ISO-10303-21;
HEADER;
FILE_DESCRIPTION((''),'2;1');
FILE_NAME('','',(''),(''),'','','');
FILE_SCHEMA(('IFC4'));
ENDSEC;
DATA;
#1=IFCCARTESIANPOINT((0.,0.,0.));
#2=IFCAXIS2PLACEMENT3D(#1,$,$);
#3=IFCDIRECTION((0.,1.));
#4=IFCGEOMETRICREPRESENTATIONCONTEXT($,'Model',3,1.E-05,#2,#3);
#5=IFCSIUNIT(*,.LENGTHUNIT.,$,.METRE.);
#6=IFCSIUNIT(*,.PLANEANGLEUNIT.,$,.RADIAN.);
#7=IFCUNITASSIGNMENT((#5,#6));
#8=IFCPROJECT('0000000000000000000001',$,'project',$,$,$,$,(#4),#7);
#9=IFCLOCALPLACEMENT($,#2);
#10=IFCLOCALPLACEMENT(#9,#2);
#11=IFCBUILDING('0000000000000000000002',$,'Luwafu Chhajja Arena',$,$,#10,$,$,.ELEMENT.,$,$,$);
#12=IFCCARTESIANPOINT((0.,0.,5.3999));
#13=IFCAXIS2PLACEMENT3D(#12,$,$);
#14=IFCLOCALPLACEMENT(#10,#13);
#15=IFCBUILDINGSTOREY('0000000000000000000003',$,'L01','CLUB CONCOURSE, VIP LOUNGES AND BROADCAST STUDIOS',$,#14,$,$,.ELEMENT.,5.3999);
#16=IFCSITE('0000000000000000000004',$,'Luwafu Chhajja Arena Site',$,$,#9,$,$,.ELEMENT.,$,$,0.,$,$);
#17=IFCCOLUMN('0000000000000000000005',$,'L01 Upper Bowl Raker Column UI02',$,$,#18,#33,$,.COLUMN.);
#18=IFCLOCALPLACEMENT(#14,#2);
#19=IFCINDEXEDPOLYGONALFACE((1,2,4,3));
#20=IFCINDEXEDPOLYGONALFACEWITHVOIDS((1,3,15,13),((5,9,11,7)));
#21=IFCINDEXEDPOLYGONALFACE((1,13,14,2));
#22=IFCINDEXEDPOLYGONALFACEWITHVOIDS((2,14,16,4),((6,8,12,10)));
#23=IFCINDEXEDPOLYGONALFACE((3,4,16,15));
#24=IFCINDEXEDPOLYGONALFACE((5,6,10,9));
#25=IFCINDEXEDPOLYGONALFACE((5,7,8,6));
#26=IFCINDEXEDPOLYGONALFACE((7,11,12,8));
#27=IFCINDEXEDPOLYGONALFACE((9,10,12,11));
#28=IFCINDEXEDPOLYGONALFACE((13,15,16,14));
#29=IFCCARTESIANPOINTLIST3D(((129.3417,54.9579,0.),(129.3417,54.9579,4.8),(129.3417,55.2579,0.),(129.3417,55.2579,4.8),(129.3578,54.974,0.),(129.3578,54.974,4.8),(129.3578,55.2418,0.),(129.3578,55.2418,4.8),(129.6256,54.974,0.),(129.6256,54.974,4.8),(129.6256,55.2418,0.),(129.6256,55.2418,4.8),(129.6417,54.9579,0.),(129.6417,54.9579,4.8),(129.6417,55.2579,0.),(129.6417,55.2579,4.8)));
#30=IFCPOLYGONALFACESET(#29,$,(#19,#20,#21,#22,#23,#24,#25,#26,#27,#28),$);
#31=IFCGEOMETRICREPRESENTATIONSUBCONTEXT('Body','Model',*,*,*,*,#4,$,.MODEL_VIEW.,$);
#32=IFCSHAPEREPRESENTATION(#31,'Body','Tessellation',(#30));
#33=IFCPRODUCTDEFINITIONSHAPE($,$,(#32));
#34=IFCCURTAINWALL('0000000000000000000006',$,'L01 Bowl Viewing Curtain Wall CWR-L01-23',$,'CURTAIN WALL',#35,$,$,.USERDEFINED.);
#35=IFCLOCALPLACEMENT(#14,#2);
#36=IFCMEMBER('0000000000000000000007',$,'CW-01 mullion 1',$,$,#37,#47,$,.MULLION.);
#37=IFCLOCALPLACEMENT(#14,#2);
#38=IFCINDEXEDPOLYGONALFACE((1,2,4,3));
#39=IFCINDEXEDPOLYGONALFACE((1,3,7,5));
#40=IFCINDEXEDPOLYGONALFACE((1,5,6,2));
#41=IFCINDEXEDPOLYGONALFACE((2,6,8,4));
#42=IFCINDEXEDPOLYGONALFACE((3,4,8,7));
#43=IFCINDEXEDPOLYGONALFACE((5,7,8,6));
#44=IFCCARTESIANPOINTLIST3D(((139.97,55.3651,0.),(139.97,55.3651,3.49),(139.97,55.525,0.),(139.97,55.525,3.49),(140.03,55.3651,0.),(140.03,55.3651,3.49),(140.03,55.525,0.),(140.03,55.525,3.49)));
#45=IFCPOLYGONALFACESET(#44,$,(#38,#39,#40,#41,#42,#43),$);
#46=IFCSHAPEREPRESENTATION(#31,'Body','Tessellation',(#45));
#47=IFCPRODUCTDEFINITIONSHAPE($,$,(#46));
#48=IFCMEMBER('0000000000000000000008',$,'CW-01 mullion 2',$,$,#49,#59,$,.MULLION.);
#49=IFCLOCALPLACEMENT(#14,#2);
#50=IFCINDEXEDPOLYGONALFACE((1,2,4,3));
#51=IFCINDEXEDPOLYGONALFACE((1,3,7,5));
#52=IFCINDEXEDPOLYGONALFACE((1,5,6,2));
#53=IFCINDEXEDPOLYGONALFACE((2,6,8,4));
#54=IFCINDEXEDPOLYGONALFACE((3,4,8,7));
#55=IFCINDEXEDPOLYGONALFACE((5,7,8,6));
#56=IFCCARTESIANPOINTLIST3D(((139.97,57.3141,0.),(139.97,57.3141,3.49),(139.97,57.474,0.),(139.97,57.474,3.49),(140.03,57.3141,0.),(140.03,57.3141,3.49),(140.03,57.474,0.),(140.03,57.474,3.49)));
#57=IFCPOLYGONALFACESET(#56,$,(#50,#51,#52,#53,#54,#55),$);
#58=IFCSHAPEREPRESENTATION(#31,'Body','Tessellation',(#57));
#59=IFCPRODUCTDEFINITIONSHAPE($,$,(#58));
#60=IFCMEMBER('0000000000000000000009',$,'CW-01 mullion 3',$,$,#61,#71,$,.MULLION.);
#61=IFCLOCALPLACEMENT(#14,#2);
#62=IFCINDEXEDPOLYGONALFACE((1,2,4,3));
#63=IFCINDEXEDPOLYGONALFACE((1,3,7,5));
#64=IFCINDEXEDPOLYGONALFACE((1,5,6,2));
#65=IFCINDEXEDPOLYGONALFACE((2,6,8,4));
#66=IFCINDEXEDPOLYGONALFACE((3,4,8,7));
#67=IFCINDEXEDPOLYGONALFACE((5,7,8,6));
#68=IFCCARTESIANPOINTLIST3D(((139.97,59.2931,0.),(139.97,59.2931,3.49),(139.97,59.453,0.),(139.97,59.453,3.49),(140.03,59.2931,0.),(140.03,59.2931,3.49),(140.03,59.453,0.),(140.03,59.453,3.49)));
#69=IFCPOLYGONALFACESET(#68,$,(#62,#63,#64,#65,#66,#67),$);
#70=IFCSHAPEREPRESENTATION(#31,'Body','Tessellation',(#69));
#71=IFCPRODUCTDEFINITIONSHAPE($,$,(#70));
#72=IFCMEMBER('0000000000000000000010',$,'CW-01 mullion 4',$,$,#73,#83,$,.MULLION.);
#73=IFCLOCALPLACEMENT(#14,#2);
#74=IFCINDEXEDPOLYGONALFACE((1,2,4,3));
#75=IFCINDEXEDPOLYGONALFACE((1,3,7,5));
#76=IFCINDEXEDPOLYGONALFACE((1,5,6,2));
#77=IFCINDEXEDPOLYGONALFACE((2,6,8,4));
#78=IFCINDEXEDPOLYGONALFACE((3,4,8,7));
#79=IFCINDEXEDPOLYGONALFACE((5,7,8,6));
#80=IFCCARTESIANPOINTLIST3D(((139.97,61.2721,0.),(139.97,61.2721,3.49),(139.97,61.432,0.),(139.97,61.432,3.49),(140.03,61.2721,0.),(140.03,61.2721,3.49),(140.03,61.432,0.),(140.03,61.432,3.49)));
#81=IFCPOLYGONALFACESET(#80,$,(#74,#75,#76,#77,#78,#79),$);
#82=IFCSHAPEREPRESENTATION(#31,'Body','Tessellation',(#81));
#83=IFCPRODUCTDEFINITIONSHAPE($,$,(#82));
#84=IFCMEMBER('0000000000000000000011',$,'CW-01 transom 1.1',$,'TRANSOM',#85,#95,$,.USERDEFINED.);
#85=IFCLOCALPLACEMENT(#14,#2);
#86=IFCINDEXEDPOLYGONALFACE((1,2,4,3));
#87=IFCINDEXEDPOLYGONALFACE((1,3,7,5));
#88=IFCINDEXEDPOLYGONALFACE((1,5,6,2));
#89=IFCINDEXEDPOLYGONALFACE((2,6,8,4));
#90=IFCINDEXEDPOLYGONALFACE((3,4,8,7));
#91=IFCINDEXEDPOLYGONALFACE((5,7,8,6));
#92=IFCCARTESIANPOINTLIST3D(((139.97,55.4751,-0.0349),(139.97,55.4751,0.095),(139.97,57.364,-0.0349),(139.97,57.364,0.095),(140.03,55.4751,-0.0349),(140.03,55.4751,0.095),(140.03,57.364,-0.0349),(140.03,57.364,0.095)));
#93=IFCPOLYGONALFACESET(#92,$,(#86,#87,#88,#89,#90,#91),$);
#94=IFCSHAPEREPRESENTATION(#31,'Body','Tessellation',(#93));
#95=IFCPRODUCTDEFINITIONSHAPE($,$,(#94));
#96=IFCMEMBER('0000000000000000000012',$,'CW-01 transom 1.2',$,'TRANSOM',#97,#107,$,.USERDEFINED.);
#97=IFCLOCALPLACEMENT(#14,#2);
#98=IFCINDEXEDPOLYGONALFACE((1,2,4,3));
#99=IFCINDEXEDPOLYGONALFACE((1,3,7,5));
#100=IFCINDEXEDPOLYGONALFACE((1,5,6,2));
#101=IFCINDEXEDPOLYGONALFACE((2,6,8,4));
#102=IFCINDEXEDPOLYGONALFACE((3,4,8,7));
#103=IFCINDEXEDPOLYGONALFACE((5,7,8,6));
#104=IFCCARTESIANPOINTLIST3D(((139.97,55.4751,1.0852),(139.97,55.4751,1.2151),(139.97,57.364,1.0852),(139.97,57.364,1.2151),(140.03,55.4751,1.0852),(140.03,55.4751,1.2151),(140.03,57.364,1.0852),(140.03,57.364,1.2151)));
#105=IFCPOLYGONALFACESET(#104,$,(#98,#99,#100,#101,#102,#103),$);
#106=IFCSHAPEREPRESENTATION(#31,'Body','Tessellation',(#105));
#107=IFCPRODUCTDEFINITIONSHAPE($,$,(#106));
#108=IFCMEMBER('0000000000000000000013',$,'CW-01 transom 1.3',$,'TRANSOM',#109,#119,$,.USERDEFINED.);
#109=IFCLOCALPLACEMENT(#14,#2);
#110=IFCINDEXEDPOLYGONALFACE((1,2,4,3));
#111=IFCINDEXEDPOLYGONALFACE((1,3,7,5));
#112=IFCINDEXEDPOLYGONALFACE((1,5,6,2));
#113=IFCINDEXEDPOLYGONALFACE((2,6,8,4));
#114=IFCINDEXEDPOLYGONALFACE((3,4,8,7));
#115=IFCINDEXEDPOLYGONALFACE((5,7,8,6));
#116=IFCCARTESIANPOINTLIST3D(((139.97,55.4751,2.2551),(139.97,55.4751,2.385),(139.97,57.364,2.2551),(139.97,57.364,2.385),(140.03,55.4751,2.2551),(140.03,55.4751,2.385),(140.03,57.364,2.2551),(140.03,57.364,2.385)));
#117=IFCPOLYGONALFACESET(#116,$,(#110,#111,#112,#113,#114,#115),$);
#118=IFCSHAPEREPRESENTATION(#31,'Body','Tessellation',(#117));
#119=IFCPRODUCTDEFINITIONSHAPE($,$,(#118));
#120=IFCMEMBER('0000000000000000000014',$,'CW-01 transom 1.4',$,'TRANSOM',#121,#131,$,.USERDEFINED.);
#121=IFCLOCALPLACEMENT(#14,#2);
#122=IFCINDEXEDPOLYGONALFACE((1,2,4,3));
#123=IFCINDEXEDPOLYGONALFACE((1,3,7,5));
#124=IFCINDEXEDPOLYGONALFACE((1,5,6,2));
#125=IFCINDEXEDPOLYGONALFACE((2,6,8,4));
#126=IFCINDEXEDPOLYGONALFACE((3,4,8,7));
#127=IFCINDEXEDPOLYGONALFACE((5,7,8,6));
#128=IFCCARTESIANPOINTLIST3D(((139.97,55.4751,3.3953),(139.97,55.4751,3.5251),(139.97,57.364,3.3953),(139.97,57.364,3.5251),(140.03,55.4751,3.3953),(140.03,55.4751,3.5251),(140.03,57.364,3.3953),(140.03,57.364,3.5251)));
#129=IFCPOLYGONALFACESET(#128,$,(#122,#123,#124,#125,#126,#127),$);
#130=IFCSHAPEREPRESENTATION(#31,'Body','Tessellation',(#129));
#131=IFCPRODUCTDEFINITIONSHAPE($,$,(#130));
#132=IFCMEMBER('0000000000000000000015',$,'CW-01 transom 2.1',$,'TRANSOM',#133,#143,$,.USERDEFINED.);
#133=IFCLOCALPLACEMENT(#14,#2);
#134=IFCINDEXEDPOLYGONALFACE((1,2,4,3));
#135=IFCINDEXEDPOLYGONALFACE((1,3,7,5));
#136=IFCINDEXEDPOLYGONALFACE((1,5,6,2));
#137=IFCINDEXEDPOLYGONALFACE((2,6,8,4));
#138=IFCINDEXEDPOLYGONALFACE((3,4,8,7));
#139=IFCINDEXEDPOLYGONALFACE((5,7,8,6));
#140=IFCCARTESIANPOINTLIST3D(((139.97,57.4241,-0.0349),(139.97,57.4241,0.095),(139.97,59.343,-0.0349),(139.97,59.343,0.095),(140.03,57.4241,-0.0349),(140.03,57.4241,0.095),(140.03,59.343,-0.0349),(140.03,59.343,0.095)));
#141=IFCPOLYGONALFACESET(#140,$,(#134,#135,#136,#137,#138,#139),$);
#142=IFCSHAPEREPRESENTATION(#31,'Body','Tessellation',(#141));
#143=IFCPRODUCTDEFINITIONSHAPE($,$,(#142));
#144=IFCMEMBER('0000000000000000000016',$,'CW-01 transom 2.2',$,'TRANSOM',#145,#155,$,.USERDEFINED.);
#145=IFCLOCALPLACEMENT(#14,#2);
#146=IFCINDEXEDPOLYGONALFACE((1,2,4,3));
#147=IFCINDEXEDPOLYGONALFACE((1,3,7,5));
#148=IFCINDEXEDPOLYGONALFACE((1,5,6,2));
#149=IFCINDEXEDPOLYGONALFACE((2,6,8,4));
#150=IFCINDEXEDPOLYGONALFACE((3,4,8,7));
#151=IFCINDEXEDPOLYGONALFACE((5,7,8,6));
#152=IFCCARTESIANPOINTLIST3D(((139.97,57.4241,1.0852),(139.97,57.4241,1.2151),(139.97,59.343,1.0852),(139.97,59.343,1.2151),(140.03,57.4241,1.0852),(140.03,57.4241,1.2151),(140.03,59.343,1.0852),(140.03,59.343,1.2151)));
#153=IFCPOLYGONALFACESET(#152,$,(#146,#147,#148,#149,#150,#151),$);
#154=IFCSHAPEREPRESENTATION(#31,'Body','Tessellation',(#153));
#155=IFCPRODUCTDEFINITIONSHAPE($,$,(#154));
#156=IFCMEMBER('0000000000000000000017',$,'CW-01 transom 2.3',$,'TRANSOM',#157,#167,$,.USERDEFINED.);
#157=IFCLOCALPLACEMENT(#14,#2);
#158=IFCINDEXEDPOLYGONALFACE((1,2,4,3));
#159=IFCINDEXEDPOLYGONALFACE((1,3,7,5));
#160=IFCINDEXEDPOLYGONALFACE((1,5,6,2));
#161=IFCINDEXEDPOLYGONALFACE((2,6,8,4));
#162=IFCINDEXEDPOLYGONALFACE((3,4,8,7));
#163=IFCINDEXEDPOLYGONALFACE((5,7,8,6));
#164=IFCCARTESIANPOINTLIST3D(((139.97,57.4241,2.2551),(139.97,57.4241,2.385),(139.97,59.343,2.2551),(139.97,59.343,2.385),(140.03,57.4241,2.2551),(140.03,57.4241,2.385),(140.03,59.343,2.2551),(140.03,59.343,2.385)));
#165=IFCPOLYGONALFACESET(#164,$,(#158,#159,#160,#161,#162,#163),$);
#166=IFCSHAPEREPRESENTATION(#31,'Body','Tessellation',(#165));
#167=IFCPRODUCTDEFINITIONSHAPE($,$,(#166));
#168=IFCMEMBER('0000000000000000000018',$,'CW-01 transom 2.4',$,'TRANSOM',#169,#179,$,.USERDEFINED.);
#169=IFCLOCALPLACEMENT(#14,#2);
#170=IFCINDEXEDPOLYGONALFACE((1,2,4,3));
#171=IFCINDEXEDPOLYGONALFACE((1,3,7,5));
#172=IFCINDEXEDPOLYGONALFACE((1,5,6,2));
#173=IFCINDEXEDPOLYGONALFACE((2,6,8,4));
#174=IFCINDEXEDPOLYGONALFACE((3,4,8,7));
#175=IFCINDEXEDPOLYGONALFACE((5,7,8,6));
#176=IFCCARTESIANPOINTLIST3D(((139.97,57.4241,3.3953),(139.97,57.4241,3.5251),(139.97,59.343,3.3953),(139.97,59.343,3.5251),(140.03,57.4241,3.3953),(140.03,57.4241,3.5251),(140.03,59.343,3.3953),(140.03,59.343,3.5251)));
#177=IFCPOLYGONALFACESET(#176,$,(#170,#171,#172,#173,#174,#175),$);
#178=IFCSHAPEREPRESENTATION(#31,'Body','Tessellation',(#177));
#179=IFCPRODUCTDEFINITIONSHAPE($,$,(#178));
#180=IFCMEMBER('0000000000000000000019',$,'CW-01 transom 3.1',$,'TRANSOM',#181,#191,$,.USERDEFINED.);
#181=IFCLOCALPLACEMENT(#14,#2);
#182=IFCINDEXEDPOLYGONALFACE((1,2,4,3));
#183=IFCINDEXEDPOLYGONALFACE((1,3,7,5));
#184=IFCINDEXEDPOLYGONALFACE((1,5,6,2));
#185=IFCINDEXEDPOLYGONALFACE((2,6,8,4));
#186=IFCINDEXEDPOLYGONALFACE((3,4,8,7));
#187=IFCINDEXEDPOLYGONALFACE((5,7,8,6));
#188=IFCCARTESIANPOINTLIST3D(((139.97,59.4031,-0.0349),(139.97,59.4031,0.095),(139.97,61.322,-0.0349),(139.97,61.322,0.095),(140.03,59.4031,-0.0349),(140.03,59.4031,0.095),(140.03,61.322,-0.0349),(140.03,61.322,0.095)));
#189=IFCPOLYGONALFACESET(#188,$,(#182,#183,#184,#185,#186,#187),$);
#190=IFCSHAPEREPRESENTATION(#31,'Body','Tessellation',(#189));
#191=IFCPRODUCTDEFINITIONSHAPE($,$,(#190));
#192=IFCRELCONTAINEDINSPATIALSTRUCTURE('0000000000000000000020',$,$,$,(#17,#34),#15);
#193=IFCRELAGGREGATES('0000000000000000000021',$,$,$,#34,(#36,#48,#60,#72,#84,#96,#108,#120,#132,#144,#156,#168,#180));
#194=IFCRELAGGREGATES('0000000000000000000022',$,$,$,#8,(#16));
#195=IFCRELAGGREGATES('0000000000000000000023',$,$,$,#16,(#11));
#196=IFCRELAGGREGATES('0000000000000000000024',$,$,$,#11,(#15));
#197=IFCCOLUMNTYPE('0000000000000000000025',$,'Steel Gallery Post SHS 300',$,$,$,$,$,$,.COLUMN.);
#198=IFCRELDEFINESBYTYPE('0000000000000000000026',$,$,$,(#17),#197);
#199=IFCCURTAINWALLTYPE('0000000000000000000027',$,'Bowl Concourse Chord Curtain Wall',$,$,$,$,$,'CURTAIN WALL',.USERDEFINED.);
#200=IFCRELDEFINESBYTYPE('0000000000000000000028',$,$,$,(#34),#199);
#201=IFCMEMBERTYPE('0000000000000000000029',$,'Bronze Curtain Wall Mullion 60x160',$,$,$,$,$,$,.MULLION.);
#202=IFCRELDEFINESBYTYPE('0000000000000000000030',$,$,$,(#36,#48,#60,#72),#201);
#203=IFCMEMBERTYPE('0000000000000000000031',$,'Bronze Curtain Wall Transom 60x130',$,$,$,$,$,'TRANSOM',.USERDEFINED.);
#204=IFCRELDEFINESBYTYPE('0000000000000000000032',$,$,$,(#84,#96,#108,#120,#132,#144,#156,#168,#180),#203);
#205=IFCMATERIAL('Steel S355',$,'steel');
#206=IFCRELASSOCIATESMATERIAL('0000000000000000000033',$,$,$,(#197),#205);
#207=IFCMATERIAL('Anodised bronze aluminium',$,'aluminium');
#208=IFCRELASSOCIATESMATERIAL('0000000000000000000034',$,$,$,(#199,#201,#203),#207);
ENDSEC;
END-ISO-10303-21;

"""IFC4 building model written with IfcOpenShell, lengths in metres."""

from ifc_helpers import new_model, si_unit, direction, frame, origin, origin_2d, place, context, subcontext, project, spatial, rectangle, hollow_rectangle, extrude, material, material_profile, profile_set, type_object, element, aggregate, save


model = new_model("IFC4")

# Units and contexts
model_context = context("Model", 3, precision=1e-05, world=origin(), true_north=direction((0.0, 1.0)))
body_context = subcontext(model_context, "Body", "Model", "MODEL_VIEW")
ifc_project = project(units=[si_unit("LENGTHUNIT", "METRE"), si_unit("PLANEANGLEUNIT", "RADIAN")], contexts=[model_context])

# Site, building, storey
site_placement = place(None, origin())
site = spatial("IfcSite", under=ifc_project, at=site_placement, Name="Luwafu Chhajja Arena Site", CompositionType="ELEMENT", RefElevation=0.0)
building_placement = place(site_placement, origin())
building = spatial("IfcBuilding", under=site, at=building_placement, Name="Luwafu Chhajja Arena", CompositionType="ELEMENT")
storey_placement = place(building_placement, frame((0.0, 0.0, 5.3999)))
storey = spatial("IfcBuildingStorey", under=building, at=storey_placement, Name="L01", Description="CLUB CONCOURSE, VIP LOUNGES AND BROADCAST STUDIOS", CompositionType="ELEMENT", Elevation=5.3999)

# Column
ifc_material_1 = material(Name="Steel S355", Category="steel")
ifc_material_profile_1 = material_profile(ifc_material_1, hollow_rectangle(XDim=0.3, YDim=0.3, WallThickness=0.0161, at=origin_2d()), Name="SHS 300x300x16")
ifc_profile_set_1 = profile_set([ifc_material_profile_1], Name="Steel S355")
column_type = type_object("IfcColumnType", Name="Steel Gallery Post SHS 300", PredefinedType="COLUMN", material=ifc_profile_set_1)
column_placement = place(storey_placement, frame((129.4917, 55.1079, 0.0), z_axis=(0.0, 0.0, 1.0), x_axis=(1.0, 0.0, 0.0)))
element("IfcColumn", 1, at=column_placement, inside=storey, type_object=column_type, Name="L01 Upper Bowl Raker Column UI02", PredefinedType="COLUMN", context=body_context, shape_type="SweptSolid", body=[
    extrude(hollow_rectangle(XDim=0.3, YDim=0.3, WallThickness=0.0161, at=origin_2d()), origin(), (0.0, 0.0, 1.0), 4.8),
])

# Curtain wall, members
ifc_material_2 = material(Name="Anodised bronze aluminium", Category="aluminium")
curtain_wall_type = type_object("IfcCurtainWallType", Name="Bowl Concourse Chord Curtain Wall", ElementType="CURTAIN WALL", PredefinedType="USERDEFINED", material=ifc_material_2)
curtain_wall_placement = place(storey_placement, origin())
curtain_wall = element("IfcCurtainWall", 2, at=curtain_wall_placement, inside=storey, type_object=curtain_wall_type, Name="L01 Bowl Viewing Curtain Wall CWR-L01-23", ObjectType="CURTAIN WALL", PredefinedType="USERDEFINED")
ifc_material_profile_2 = material_profile(ifc_material_2, rectangle(XDim=0.0601, YDim=0.1599, at=origin_2d()), Name="CWM 60x160")
ifc_profile_set_2 = profile_set([ifc_material_profile_2], Name="Anodised bronze aluminium")
member_type_1 = type_object("IfcMemberType", Name="Bronze Curtain Wall Mullion 60x160", PredefinedType="MULLION", material=ifc_profile_set_2)
member_1_placement = place(storey_placement, frame((140.0, 55.4451, 0.0), z_axis=(0.0, 0.0, 1.0), x_axis=(-1.0, 0.0, 0.0)))
member_1 = element("IfcMember", 3, at=member_1_placement, type_object=member_type_1, Name="CW-01 mullion 1", PredefinedType="MULLION", context=body_context, shape_type="SweptSolid", body=[
    extrude(rectangle(XDim=0.0601, YDim=0.1599, at=origin_2d()), origin(), (0.0, 0.0, 1.0), 3.49),
])
member_2_placement = place(storey_placement, frame((140.0, 57.394, 0.0), z_axis=(0.0, 0.0, 1.0), x_axis=(-1.0, 0.0, 0.0)))
member_2 = element("IfcMember", 4, at=member_2_placement, type_object=member_type_1, Name="CW-01 mullion 2", PredefinedType="MULLION", context=body_context, shape_type="SweptSolid", body=[
    extrude(rectangle(XDim=0.0601, YDim=0.1599, at=origin_2d()), origin(), (0.0, 0.0, 1.0), 3.49),
])
member_3_placement = place(storey_placement, frame((140.0, 59.373, 0.0), z_axis=(0.0, 0.0, 1.0), x_axis=(-1.0, 0.0, 0.0)))
member_3 = element("IfcMember", 5, at=member_3_placement, type_object=member_type_1, Name="CW-01 mullion 3", PredefinedType="MULLION", context=body_context, shape_type="SweptSolid", body=[
    extrude(rectangle(XDim=0.0601, YDim=0.1599, at=origin_2d()), origin(), (0.0, 0.0, 1.0), 3.49),
])
member_4_placement = place(storey_placement, frame((140.0, 61.3521, 0.0), z_axis=(0.0, 0.0, 1.0), x_axis=(-1.0, 0.0, 0.0)))
member_4 = element("IfcMember", 6, at=member_4_placement, type_object=member_type_1, Name="CW-01 mullion 4", PredefinedType="MULLION", context=body_context, shape_type="SweptSolid", body=[
    extrude(rectangle(XDim=0.0601, YDim=0.1599, at=origin_2d()), origin(), (0.0, 0.0, 1.0), 3.49),
])
ifc_material_profile_3 = material_profile(ifc_material_2, rectangle(XDim=0.0601, YDim=0.1299, at=origin_2d()), Name="CWT 60x130")
ifc_profile_set_3 = profile_set([ifc_material_profile_3], Name="Anodised bronze aluminium")
member_type_2 = type_object("IfcMemberType", Name="Bronze Curtain Wall Transom 60x130", ElementType="TRANSOM", PredefinedType="USERDEFINED", material=ifc_profile_set_3)
member_5_placement = place(storey_placement, frame((140.0, 55.4751, 0.03), z_axis=(0.0, 1.0, 0.0), x_axis=(-1.0, 0.0, 0.0)))
member_5 = element("IfcMember", 7, at=member_5_placement, type_object=member_type_2, Name="CW-01 transom 1.1", ObjectType="TRANSOM", PredefinedType="USERDEFINED", context=body_context, shape_type="SweptSolid", body=[
    extrude(rectangle(XDim=0.0601, YDim=0.1299, at=origin_2d()), origin(), (0.0, 0.0, 1.0), 1.8889),
])
member_6_placement = place(storey_placement, frame((140.0, 55.4751, 1.1501), z_axis=(0.0, 1.0, 0.0), x_axis=(-1.0, 0.0, 0.0)))
member_6 = element("IfcMember", 8, at=member_6_placement, type_object=member_type_2, Name="CW-01 transom 1.2", ObjectType="TRANSOM", PredefinedType="USERDEFINED", context=body_context, shape_type="SweptSolid", body=[
    extrude(rectangle(XDim=0.0601, YDim=0.1299, at=origin_2d()), origin(), (0.0, 0.0, 1.0), 1.8889),
])
member_7_placement = place(storey_placement, frame((140.0, 55.4751, 2.3201), z_axis=(0.0, 1.0, 0.0), x_axis=(-1.0, 0.0, 0.0)))
member_7 = element("IfcMember", 9, at=member_7_placement, type_object=member_type_2, Name="CW-01 transom 1.3", ObjectType="TRANSOM", PredefinedType="USERDEFINED", context=body_context, shape_type="SweptSolid", body=[
    extrude(rectangle(XDim=0.0601, YDim=0.1299, at=origin_2d()), origin(), (0.0, 0.0, 1.0), 1.8889),
])
member_8_placement = place(storey_placement, frame((140.0, 55.4751, 3.4602), z_axis=(0.0, 1.0, 0.0), x_axis=(-1.0, 0.0, 0.0)))
member_8 = element("IfcMember", 10, at=member_8_placement, type_object=member_type_2, Name="CW-01 transom 1.4", ObjectType="TRANSOM", PredefinedType="USERDEFINED", context=body_context, shape_type="SweptSolid", body=[
    extrude(rectangle(XDim=0.0601, YDim=0.1299, at=origin_2d()), origin(), (0.0, 0.0, 1.0), 1.8889),
])
member_9_placement = place(storey_placement, frame((140.0, 57.4241, 0.03), z_axis=(0.0, 1.0, 0.0), x_axis=(-1.0, 0.0, 0.0)))
member_9 = element("IfcMember", 11, at=member_9_placement, type_object=member_type_2, Name="CW-01 transom 2.1", ObjectType="TRANSOM", PredefinedType="USERDEFINED", context=body_context, shape_type="SweptSolid", body=[
    extrude(rectangle(XDim=0.0601, YDim=0.1299, at=origin_2d()), origin(), (0.0, 0.0, 1.0), 1.9189),
])
member_10_placement = place(storey_placement, frame((140.0, 57.4241, 1.1501), z_axis=(0.0, 1.0, 0.0), x_axis=(-1.0, 0.0, 0.0)))
member_10 = element("IfcMember", 12, at=member_10_placement, type_object=member_type_2, Name="CW-01 transom 2.2", ObjectType="TRANSOM", PredefinedType="USERDEFINED", context=body_context, shape_type="SweptSolid", body=[
    extrude(rectangle(XDim=0.0601, YDim=0.1299, at=origin_2d()), origin(), (0.0, 0.0, 1.0), 1.9189),
])
member_11_placement = place(storey_placement, frame((140.0, 57.4241, 2.3201), z_axis=(0.0, 1.0, 0.0), x_axis=(-1.0, 0.0, 0.0)))
member_11 = element("IfcMember", 13, at=member_11_placement, type_object=member_type_2, Name="CW-01 transom 2.3", ObjectType="TRANSOM", PredefinedType="USERDEFINED", context=body_context, shape_type="SweptSolid", body=[
    extrude(rectangle(XDim=0.0601, YDim=0.1299, at=origin_2d()), origin(), (0.0, 0.0, 1.0), 1.9189),
])
member_12_placement = place(storey_placement, frame((140.0, 57.4241, 3.4602), z_axis=(0.0, 1.0, 0.0), x_axis=(-1.0, 0.0, 0.0)))
member_12 = element("IfcMember", 14, at=member_12_placement, type_object=member_type_2, Name="CW-01 transom 2.4", ObjectType="TRANSOM", PredefinedType="USERDEFINED", context=body_context, shape_type="SweptSolid", body=[
    extrude(rectangle(XDim=0.0601, YDim=0.1299, at=origin_2d()), origin(), (0.0, 0.0, 1.0), 1.9189),
])
member_13_placement = place(storey_placement, frame((140.0, 59.4031, 0.03), z_axis=(0.0, 1.0, 0.0), x_axis=(-1.0, 0.0, 0.0)))
member_13 = element("IfcMember", 15, at=member_13_placement, type_object=member_type_2, Name="CW-01 transom 3.1", ObjectType="TRANSOM", PredefinedType="USERDEFINED", context=body_context, shape_type="SweptSolid", body=[
    extrude(rectangle(XDim=0.0601, YDim=0.1299, at=origin_2d()), origin(), (0.0, 0.0, 1.0), 1.9189),
])

aggregate(curtain_wall, [member_1, member_2, member_3, member_4, member_5, member_6, member_7, member_8, member_9, member_10, member_11, member_12, member_13])

save(model, "model.ifc")
